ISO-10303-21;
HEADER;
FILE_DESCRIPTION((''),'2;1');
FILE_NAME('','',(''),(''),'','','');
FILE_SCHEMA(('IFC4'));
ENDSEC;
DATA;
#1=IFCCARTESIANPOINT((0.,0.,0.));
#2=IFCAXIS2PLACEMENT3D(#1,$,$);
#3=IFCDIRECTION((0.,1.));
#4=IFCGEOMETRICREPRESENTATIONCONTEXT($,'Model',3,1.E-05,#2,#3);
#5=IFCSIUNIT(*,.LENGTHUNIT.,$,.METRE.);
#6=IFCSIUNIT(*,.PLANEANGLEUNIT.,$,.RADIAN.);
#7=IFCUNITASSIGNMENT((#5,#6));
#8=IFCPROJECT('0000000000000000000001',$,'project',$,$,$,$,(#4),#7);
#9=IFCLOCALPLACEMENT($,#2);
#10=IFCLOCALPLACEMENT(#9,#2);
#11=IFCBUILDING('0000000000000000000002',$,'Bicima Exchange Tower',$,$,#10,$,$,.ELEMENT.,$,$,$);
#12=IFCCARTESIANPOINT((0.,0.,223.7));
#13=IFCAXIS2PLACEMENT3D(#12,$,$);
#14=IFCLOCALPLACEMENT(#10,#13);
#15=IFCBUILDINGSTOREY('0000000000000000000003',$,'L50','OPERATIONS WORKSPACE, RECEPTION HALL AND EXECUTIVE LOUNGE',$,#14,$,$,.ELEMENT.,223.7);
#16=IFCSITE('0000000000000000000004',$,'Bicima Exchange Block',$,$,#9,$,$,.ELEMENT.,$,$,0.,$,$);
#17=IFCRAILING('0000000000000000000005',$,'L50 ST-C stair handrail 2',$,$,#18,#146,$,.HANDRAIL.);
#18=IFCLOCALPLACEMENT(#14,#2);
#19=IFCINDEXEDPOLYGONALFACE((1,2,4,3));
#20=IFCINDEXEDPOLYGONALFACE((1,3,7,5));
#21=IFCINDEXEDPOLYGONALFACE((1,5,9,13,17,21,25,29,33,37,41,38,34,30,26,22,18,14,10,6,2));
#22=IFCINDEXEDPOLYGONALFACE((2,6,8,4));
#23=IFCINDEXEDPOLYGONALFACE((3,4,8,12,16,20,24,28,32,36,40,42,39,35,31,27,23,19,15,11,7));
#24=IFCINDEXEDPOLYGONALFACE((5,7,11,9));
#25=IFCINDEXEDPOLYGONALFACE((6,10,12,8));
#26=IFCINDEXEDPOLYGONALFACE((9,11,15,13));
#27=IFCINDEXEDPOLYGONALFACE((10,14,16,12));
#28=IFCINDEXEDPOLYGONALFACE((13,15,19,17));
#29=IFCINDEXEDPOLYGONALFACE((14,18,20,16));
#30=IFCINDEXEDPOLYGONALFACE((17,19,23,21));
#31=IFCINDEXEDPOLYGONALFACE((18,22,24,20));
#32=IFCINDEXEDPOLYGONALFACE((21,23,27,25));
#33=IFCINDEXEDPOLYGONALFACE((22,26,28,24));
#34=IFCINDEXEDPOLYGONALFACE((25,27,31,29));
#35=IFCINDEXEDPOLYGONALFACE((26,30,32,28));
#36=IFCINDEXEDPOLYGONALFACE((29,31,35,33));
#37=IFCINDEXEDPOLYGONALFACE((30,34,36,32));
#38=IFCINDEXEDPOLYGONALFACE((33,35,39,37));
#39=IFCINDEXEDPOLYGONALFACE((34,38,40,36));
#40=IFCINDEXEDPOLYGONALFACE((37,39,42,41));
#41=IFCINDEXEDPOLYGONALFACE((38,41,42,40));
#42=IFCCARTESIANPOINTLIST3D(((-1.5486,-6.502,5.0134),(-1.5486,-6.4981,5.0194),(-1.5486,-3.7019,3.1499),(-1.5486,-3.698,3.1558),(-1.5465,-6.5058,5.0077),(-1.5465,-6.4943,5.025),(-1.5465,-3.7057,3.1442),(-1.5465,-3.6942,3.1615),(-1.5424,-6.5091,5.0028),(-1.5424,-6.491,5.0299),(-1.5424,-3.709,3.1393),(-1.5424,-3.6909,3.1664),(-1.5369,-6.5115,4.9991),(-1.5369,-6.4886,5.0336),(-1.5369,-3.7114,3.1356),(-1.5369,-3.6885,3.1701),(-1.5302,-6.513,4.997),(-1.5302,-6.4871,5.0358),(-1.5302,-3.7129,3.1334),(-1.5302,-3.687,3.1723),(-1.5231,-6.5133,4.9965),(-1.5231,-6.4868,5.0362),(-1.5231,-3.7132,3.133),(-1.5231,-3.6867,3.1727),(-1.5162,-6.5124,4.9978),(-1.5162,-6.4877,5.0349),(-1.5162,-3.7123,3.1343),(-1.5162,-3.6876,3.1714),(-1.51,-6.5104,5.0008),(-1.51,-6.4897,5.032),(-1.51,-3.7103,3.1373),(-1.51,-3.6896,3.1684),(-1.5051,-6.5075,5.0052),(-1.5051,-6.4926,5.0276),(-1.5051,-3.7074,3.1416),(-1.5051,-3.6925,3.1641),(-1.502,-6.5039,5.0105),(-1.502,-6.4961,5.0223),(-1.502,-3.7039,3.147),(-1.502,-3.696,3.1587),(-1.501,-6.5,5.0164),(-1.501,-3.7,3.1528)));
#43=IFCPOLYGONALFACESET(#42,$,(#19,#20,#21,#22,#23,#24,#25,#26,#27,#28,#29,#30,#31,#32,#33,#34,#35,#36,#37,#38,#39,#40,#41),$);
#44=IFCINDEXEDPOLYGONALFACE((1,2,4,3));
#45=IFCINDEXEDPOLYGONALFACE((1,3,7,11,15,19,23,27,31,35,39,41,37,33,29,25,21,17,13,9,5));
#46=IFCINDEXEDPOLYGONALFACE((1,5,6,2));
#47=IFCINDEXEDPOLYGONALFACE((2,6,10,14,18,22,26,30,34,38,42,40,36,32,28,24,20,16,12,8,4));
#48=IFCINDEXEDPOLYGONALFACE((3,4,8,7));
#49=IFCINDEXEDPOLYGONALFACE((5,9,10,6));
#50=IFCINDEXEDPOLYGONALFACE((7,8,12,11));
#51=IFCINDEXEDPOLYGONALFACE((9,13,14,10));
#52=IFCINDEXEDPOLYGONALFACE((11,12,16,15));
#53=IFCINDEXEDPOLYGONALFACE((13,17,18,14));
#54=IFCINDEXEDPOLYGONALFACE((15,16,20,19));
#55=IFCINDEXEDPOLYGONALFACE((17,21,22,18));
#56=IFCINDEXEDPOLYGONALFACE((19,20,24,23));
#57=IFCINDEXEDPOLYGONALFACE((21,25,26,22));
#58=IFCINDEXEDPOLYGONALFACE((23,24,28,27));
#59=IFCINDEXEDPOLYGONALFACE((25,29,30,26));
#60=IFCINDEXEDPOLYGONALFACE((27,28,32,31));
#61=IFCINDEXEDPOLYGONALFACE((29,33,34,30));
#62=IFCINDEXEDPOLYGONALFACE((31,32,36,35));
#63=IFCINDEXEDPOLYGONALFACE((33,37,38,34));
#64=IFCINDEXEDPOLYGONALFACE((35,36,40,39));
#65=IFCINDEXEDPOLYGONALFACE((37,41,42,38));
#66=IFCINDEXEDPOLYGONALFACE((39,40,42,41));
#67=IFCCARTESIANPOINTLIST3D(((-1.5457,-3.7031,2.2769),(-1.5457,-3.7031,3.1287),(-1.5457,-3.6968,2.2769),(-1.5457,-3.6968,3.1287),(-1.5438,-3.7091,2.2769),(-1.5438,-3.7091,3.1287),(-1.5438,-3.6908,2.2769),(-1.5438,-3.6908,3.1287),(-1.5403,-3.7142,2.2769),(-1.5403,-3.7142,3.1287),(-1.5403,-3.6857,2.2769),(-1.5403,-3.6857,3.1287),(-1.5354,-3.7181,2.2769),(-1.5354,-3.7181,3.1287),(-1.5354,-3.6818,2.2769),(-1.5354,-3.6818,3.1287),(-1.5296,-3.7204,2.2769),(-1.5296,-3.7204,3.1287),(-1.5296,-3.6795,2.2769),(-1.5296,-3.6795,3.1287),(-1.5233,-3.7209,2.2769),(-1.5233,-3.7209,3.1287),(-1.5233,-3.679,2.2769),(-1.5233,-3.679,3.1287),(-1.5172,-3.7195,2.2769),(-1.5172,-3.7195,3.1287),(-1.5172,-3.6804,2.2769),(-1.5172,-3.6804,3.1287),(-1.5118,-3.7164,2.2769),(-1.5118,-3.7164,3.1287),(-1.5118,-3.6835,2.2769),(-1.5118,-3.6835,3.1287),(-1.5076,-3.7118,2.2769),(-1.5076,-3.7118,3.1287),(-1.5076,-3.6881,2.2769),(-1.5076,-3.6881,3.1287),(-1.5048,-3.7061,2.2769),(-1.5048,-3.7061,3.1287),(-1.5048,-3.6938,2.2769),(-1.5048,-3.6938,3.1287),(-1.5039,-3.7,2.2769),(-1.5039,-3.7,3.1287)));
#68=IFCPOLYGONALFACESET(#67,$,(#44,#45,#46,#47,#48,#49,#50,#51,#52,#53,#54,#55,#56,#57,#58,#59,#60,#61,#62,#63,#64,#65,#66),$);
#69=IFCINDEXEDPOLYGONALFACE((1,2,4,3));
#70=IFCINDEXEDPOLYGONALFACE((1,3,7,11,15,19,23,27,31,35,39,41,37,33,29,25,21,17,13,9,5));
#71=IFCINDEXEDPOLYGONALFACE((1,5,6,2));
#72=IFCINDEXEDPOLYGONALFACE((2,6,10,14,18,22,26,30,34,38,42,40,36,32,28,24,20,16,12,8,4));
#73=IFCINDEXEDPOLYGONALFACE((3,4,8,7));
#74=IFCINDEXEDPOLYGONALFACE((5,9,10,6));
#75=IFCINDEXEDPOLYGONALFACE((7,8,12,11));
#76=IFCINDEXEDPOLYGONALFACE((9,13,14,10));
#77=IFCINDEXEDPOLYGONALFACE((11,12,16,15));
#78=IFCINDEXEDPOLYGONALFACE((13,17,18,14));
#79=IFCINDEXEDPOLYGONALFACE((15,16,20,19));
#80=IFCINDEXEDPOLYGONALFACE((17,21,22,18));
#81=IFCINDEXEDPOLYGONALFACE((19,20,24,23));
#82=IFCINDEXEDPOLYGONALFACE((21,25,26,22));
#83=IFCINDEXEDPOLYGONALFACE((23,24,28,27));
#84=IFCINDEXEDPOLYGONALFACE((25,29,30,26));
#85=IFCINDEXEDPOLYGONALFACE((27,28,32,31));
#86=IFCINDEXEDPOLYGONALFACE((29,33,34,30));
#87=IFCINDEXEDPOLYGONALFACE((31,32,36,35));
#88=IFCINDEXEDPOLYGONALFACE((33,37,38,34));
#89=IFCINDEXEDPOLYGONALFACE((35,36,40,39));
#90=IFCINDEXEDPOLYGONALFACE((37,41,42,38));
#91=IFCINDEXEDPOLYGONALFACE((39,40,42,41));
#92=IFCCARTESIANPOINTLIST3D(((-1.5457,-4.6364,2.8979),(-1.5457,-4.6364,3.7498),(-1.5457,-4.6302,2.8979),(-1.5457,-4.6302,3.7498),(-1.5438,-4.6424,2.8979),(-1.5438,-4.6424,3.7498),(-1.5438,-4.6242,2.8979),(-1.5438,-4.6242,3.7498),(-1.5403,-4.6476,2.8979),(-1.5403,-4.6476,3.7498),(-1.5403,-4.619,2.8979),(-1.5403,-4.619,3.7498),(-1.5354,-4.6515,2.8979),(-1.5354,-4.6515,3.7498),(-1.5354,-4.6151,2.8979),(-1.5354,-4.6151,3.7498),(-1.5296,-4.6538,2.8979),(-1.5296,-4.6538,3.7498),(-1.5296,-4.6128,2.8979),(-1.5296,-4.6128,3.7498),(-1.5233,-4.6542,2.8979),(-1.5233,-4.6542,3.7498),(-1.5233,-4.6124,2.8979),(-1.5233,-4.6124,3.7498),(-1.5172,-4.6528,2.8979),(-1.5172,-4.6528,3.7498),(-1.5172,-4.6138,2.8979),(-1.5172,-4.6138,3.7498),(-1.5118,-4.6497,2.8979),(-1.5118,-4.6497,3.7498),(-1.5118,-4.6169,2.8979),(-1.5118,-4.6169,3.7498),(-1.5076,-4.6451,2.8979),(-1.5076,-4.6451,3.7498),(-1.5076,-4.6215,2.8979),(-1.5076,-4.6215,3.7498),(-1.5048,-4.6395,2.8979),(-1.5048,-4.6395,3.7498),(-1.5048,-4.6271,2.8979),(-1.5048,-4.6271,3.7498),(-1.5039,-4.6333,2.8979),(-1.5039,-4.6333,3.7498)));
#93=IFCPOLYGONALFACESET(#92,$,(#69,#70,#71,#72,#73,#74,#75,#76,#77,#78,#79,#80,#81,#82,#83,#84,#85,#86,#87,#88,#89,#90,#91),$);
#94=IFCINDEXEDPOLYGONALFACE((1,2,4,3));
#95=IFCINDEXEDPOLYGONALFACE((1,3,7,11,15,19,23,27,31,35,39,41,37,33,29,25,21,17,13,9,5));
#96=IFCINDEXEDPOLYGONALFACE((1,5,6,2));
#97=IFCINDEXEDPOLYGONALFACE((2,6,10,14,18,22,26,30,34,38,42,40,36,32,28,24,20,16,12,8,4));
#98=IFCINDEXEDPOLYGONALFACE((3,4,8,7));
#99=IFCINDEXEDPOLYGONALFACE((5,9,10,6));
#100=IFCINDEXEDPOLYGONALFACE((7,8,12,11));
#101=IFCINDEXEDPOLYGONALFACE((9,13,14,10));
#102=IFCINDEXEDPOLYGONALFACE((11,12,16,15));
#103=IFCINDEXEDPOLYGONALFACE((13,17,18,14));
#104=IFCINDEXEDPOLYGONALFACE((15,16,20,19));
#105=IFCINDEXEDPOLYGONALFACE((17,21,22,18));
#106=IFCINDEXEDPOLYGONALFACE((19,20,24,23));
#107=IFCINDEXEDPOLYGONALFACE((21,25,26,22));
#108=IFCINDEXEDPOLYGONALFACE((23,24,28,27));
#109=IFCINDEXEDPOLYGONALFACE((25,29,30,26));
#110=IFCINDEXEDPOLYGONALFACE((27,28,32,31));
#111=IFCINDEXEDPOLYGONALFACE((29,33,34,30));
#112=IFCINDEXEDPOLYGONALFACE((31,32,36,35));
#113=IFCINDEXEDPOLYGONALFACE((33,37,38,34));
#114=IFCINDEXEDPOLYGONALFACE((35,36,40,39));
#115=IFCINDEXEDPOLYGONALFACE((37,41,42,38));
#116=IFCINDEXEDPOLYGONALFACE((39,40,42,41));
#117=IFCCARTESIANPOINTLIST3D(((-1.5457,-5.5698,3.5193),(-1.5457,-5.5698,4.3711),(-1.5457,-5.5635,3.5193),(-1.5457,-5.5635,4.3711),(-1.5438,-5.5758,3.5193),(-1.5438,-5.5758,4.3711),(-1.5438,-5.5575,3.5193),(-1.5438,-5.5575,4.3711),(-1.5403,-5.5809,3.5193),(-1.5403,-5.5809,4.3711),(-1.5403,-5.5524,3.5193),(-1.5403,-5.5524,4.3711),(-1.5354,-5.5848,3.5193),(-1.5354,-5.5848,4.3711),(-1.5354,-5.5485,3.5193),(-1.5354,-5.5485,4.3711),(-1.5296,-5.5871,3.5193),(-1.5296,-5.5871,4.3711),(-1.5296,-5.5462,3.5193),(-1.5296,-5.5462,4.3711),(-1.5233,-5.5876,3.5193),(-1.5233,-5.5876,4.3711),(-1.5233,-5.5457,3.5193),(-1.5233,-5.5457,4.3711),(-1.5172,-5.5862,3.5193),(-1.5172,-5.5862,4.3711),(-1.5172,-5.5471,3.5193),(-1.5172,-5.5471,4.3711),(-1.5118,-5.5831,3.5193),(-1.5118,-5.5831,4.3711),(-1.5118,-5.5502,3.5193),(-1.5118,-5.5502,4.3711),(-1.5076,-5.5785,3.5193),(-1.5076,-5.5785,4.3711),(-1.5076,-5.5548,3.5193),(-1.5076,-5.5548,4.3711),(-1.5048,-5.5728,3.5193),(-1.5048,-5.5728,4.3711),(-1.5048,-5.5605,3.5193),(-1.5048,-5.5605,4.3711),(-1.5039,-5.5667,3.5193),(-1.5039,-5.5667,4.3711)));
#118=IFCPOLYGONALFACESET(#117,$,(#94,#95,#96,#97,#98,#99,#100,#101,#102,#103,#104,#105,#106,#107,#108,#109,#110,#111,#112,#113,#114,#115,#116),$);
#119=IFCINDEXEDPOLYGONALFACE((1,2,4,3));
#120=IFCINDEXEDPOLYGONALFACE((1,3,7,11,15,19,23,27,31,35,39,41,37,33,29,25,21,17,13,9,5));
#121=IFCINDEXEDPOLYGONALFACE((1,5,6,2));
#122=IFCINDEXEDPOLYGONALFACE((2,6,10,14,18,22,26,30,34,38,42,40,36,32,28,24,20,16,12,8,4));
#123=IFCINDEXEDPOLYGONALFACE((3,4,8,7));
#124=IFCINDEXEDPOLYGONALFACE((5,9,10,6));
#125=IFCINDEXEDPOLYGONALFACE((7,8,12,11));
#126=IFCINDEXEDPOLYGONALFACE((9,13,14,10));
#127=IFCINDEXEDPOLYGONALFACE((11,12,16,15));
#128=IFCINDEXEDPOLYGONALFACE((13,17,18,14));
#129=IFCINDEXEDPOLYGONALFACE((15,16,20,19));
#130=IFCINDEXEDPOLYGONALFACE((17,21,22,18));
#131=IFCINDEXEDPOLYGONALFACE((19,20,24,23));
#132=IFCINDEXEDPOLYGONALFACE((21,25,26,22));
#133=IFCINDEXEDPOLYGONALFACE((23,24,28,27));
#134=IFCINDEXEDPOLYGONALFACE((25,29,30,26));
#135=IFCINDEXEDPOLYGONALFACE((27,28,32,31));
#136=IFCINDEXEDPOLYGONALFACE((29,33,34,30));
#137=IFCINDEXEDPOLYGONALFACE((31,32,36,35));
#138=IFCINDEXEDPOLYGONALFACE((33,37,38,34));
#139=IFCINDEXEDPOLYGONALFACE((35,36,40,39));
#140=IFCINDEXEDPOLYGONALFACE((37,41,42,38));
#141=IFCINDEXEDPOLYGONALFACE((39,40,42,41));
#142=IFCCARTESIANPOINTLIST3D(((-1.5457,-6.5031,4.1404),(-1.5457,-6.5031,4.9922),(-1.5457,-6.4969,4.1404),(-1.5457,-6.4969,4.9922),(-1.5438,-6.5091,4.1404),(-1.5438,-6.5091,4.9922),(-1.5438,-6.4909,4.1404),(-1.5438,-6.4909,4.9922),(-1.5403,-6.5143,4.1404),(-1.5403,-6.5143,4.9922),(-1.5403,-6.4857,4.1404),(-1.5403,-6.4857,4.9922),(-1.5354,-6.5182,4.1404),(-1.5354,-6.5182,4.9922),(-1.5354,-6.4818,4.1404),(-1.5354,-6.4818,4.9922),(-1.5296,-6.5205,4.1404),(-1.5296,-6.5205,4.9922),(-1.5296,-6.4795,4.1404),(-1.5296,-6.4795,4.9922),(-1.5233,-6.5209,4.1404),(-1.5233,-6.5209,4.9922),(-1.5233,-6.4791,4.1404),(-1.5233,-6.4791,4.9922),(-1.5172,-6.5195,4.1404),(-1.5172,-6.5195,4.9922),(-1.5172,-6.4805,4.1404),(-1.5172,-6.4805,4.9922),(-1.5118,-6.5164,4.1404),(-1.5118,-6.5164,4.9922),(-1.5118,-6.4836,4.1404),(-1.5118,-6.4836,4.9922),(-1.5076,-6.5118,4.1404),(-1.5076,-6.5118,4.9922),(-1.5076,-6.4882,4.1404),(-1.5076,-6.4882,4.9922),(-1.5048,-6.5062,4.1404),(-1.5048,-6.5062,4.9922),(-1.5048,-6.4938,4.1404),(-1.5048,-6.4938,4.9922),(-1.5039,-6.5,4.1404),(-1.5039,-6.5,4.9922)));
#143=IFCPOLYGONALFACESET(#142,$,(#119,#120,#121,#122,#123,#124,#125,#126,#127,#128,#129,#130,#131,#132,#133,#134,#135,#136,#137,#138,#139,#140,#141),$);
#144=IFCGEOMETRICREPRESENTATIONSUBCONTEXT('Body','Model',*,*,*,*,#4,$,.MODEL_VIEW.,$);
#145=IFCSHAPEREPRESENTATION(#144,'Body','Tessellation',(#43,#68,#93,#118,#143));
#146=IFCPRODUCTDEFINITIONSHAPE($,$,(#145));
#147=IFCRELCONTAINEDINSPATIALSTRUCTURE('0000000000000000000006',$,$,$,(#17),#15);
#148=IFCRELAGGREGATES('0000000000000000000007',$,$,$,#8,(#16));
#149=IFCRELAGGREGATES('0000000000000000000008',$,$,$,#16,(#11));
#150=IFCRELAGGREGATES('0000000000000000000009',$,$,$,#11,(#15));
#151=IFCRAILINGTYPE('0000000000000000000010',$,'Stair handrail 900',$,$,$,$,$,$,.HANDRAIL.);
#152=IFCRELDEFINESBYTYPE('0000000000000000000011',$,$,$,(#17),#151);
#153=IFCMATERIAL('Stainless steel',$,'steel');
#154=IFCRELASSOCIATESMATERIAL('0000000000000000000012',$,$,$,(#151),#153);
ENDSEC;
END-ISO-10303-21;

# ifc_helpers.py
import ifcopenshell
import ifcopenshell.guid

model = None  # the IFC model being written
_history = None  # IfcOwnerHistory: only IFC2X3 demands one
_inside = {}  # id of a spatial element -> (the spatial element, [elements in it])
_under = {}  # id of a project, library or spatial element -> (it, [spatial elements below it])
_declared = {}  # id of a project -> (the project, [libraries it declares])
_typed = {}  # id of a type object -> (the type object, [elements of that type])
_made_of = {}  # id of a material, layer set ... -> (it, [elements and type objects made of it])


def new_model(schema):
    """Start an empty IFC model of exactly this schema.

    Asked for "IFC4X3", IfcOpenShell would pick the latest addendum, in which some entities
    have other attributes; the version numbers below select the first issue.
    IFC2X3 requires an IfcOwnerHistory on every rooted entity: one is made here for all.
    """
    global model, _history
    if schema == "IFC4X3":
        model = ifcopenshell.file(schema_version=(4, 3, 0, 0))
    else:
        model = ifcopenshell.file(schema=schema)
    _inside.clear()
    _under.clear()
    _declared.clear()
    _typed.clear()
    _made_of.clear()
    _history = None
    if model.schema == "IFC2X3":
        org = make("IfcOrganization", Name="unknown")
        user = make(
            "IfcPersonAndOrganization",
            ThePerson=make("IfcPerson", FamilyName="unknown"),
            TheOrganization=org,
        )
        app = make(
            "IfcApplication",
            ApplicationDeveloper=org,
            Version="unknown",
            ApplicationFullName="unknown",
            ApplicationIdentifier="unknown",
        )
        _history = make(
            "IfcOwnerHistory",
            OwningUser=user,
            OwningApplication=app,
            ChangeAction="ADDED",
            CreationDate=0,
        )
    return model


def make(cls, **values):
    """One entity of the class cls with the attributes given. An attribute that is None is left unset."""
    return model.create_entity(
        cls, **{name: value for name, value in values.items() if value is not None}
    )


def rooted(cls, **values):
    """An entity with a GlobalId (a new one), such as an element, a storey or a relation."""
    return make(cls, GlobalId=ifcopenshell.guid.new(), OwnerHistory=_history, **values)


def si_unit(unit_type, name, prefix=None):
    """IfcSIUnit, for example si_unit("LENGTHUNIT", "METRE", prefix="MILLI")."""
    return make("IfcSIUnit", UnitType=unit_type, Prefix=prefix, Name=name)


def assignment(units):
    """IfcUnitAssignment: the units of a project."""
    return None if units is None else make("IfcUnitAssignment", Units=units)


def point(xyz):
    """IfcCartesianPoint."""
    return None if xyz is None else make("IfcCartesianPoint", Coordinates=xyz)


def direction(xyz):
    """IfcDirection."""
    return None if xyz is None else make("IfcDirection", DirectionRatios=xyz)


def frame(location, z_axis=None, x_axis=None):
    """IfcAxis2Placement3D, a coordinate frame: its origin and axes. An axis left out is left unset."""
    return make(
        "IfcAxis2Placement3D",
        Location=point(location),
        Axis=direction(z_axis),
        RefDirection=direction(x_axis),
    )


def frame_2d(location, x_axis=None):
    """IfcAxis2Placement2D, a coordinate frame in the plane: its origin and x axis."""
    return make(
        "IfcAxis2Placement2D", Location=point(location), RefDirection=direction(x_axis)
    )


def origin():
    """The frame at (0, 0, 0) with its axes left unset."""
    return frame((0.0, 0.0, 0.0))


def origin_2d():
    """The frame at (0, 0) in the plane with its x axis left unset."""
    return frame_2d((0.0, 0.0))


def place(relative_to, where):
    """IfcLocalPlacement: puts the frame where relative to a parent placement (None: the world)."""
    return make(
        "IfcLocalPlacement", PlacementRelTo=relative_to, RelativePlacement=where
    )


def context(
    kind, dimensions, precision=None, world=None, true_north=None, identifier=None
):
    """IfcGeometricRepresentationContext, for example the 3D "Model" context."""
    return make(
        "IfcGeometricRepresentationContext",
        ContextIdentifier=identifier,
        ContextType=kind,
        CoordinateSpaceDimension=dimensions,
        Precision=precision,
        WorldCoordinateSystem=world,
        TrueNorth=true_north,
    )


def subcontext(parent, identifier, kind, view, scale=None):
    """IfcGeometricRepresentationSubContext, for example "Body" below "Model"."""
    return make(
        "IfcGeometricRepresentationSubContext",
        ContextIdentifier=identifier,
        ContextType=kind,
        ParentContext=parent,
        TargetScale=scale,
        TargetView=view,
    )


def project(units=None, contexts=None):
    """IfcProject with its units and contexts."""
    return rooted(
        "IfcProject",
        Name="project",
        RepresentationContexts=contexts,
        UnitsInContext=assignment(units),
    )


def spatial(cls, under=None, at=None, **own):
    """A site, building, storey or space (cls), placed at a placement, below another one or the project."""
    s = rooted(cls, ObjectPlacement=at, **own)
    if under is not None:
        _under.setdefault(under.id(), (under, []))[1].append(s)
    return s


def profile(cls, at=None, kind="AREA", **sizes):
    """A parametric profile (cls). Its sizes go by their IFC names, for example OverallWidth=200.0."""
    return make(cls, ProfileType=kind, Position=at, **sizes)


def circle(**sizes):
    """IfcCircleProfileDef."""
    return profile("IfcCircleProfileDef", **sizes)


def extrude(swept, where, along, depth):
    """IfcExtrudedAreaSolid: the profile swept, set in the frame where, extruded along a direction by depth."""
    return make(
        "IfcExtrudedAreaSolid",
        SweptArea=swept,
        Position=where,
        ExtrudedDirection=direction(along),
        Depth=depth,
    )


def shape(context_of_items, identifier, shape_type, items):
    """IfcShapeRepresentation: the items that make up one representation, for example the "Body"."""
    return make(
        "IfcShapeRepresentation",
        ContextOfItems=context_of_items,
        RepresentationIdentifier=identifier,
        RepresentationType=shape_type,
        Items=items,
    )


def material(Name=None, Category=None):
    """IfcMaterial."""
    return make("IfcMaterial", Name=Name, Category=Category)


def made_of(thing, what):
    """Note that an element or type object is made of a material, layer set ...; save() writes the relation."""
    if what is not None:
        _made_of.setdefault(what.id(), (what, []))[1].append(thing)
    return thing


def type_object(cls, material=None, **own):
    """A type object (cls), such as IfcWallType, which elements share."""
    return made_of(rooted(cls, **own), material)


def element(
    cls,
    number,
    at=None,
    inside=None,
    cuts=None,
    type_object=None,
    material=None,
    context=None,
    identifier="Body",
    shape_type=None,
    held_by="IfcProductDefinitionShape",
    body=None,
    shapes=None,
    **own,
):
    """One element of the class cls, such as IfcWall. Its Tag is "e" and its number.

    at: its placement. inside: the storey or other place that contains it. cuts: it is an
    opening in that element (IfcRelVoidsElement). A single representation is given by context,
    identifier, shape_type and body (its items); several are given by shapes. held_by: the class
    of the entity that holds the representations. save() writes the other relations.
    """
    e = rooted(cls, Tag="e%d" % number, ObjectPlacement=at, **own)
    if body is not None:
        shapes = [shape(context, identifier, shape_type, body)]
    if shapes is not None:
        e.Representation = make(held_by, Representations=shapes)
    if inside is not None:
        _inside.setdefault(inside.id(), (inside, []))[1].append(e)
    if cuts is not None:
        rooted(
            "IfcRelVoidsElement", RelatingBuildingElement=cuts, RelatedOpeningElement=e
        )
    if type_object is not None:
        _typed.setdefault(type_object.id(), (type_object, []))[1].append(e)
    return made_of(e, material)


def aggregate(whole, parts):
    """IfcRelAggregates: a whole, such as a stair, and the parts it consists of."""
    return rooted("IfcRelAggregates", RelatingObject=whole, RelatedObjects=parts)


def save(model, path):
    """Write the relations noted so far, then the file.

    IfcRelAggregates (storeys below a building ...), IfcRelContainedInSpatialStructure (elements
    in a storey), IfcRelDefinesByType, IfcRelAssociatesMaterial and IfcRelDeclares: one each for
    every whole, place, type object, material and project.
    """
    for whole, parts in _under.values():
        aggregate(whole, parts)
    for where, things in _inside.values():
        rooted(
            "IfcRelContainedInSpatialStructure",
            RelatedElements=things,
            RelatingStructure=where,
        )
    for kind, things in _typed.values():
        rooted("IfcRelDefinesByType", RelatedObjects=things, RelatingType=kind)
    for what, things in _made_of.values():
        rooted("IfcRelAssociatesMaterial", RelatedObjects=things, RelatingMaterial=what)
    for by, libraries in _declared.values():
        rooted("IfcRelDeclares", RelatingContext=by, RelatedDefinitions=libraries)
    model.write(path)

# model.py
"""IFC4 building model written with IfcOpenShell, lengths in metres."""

from ifc_helpers import new_model, si_unit, direction, frame, origin, origin_2d, place, context, subcontext, project, spatial, circle, extrude, material, type_object, element, save


model = new_model("IFC4")

# Units and contexts
model_context = context("Model", 3, precision=1e-05, world=origin(), true_north=direction((0.0, 1.0)))
body_context = subcontext(model_context, "Body", "Model", "MODEL_VIEW")
ifc_project = project(units=[si_unit("LENGTHUNIT", "METRE"), si_unit("PLANEANGLEUNIT", "RADIAN")], contexts=[model_context])

# Site, building, storey
site_placement = place(None, origin())
site = spatial("IfcSite", under=ifc_project, at=site_placement, Name="Bicima Exchange Block", CompositionType="ELEMENT", RefElevation=0.0)
building_placement = place(site_placement, origin())
building = spatial("IfcBuilding", under=site, at=building_placement, Name="Bicima Exchange Tower", CompositionType="ELEMENT")
storey_placement = place(building_placement, frame((0.0, 0.0, 223.7)))
storey = spatial("IfcBuildingStorey", under=building, at=storey_placement, Name="L50", Description="OPERATIONS WORKSPACE, RECEPTION HALL AND EXECUTIVE LOUNGE", CompositionType="ELEMENT", Elevation=223.7)

# Railing
ifc_material_1 = material(Name="Stainless steel", Category="steel")
railing_type = type_object("IfcRailingType", Name="Stair handrail 900", PredefinedType="HANDRAIL", material=ifc_material_1)
railing_placement = place(storey_placement, frame((-1.5249, -3.7, 2.2769)))
element("IfcRailing", 1, at=railing_placement, inside=storey, type_object=railing_type, Name="L50 ST-C stair handrail 2", PredefinedType="HANDRAIL", context=body_context, shape_type="SweptSolid", body=[
    extrude(circle(Radius=0.0239, at=origin_2d()), frame((0.0, 0.0, 0.876), z_axis=(0.0, -0.832486, 0.554047), x_axis=(1.0, 0.0, 0.0)), (0.0, 0.0, 1.0), 3.3635),
    extrude(circle(Radius=0.021, at=origin_2d()), origin(), (0.0, 0.0, 1.0), 0.8518),
    extrude(circle(Radius=0.021, at=origin_2d()), frame((0.0, -0.9333, 0.6211)), (0.0, 0.0, 1.0), 0.8518),
    extrude(circle(Radius=0.021, at=origin_2d()), frame((0.0, -1.8667, 1.2424)), (0.0, 0.0, 1.0), 0.8518),
    extrude(circle(Radius=0.021, at=origin_2d()), frame((0.0, -2.8, 1.8635)), (0.0, 0.0, 1.0), 0.8518),
])

save(model, "model.ifc")
